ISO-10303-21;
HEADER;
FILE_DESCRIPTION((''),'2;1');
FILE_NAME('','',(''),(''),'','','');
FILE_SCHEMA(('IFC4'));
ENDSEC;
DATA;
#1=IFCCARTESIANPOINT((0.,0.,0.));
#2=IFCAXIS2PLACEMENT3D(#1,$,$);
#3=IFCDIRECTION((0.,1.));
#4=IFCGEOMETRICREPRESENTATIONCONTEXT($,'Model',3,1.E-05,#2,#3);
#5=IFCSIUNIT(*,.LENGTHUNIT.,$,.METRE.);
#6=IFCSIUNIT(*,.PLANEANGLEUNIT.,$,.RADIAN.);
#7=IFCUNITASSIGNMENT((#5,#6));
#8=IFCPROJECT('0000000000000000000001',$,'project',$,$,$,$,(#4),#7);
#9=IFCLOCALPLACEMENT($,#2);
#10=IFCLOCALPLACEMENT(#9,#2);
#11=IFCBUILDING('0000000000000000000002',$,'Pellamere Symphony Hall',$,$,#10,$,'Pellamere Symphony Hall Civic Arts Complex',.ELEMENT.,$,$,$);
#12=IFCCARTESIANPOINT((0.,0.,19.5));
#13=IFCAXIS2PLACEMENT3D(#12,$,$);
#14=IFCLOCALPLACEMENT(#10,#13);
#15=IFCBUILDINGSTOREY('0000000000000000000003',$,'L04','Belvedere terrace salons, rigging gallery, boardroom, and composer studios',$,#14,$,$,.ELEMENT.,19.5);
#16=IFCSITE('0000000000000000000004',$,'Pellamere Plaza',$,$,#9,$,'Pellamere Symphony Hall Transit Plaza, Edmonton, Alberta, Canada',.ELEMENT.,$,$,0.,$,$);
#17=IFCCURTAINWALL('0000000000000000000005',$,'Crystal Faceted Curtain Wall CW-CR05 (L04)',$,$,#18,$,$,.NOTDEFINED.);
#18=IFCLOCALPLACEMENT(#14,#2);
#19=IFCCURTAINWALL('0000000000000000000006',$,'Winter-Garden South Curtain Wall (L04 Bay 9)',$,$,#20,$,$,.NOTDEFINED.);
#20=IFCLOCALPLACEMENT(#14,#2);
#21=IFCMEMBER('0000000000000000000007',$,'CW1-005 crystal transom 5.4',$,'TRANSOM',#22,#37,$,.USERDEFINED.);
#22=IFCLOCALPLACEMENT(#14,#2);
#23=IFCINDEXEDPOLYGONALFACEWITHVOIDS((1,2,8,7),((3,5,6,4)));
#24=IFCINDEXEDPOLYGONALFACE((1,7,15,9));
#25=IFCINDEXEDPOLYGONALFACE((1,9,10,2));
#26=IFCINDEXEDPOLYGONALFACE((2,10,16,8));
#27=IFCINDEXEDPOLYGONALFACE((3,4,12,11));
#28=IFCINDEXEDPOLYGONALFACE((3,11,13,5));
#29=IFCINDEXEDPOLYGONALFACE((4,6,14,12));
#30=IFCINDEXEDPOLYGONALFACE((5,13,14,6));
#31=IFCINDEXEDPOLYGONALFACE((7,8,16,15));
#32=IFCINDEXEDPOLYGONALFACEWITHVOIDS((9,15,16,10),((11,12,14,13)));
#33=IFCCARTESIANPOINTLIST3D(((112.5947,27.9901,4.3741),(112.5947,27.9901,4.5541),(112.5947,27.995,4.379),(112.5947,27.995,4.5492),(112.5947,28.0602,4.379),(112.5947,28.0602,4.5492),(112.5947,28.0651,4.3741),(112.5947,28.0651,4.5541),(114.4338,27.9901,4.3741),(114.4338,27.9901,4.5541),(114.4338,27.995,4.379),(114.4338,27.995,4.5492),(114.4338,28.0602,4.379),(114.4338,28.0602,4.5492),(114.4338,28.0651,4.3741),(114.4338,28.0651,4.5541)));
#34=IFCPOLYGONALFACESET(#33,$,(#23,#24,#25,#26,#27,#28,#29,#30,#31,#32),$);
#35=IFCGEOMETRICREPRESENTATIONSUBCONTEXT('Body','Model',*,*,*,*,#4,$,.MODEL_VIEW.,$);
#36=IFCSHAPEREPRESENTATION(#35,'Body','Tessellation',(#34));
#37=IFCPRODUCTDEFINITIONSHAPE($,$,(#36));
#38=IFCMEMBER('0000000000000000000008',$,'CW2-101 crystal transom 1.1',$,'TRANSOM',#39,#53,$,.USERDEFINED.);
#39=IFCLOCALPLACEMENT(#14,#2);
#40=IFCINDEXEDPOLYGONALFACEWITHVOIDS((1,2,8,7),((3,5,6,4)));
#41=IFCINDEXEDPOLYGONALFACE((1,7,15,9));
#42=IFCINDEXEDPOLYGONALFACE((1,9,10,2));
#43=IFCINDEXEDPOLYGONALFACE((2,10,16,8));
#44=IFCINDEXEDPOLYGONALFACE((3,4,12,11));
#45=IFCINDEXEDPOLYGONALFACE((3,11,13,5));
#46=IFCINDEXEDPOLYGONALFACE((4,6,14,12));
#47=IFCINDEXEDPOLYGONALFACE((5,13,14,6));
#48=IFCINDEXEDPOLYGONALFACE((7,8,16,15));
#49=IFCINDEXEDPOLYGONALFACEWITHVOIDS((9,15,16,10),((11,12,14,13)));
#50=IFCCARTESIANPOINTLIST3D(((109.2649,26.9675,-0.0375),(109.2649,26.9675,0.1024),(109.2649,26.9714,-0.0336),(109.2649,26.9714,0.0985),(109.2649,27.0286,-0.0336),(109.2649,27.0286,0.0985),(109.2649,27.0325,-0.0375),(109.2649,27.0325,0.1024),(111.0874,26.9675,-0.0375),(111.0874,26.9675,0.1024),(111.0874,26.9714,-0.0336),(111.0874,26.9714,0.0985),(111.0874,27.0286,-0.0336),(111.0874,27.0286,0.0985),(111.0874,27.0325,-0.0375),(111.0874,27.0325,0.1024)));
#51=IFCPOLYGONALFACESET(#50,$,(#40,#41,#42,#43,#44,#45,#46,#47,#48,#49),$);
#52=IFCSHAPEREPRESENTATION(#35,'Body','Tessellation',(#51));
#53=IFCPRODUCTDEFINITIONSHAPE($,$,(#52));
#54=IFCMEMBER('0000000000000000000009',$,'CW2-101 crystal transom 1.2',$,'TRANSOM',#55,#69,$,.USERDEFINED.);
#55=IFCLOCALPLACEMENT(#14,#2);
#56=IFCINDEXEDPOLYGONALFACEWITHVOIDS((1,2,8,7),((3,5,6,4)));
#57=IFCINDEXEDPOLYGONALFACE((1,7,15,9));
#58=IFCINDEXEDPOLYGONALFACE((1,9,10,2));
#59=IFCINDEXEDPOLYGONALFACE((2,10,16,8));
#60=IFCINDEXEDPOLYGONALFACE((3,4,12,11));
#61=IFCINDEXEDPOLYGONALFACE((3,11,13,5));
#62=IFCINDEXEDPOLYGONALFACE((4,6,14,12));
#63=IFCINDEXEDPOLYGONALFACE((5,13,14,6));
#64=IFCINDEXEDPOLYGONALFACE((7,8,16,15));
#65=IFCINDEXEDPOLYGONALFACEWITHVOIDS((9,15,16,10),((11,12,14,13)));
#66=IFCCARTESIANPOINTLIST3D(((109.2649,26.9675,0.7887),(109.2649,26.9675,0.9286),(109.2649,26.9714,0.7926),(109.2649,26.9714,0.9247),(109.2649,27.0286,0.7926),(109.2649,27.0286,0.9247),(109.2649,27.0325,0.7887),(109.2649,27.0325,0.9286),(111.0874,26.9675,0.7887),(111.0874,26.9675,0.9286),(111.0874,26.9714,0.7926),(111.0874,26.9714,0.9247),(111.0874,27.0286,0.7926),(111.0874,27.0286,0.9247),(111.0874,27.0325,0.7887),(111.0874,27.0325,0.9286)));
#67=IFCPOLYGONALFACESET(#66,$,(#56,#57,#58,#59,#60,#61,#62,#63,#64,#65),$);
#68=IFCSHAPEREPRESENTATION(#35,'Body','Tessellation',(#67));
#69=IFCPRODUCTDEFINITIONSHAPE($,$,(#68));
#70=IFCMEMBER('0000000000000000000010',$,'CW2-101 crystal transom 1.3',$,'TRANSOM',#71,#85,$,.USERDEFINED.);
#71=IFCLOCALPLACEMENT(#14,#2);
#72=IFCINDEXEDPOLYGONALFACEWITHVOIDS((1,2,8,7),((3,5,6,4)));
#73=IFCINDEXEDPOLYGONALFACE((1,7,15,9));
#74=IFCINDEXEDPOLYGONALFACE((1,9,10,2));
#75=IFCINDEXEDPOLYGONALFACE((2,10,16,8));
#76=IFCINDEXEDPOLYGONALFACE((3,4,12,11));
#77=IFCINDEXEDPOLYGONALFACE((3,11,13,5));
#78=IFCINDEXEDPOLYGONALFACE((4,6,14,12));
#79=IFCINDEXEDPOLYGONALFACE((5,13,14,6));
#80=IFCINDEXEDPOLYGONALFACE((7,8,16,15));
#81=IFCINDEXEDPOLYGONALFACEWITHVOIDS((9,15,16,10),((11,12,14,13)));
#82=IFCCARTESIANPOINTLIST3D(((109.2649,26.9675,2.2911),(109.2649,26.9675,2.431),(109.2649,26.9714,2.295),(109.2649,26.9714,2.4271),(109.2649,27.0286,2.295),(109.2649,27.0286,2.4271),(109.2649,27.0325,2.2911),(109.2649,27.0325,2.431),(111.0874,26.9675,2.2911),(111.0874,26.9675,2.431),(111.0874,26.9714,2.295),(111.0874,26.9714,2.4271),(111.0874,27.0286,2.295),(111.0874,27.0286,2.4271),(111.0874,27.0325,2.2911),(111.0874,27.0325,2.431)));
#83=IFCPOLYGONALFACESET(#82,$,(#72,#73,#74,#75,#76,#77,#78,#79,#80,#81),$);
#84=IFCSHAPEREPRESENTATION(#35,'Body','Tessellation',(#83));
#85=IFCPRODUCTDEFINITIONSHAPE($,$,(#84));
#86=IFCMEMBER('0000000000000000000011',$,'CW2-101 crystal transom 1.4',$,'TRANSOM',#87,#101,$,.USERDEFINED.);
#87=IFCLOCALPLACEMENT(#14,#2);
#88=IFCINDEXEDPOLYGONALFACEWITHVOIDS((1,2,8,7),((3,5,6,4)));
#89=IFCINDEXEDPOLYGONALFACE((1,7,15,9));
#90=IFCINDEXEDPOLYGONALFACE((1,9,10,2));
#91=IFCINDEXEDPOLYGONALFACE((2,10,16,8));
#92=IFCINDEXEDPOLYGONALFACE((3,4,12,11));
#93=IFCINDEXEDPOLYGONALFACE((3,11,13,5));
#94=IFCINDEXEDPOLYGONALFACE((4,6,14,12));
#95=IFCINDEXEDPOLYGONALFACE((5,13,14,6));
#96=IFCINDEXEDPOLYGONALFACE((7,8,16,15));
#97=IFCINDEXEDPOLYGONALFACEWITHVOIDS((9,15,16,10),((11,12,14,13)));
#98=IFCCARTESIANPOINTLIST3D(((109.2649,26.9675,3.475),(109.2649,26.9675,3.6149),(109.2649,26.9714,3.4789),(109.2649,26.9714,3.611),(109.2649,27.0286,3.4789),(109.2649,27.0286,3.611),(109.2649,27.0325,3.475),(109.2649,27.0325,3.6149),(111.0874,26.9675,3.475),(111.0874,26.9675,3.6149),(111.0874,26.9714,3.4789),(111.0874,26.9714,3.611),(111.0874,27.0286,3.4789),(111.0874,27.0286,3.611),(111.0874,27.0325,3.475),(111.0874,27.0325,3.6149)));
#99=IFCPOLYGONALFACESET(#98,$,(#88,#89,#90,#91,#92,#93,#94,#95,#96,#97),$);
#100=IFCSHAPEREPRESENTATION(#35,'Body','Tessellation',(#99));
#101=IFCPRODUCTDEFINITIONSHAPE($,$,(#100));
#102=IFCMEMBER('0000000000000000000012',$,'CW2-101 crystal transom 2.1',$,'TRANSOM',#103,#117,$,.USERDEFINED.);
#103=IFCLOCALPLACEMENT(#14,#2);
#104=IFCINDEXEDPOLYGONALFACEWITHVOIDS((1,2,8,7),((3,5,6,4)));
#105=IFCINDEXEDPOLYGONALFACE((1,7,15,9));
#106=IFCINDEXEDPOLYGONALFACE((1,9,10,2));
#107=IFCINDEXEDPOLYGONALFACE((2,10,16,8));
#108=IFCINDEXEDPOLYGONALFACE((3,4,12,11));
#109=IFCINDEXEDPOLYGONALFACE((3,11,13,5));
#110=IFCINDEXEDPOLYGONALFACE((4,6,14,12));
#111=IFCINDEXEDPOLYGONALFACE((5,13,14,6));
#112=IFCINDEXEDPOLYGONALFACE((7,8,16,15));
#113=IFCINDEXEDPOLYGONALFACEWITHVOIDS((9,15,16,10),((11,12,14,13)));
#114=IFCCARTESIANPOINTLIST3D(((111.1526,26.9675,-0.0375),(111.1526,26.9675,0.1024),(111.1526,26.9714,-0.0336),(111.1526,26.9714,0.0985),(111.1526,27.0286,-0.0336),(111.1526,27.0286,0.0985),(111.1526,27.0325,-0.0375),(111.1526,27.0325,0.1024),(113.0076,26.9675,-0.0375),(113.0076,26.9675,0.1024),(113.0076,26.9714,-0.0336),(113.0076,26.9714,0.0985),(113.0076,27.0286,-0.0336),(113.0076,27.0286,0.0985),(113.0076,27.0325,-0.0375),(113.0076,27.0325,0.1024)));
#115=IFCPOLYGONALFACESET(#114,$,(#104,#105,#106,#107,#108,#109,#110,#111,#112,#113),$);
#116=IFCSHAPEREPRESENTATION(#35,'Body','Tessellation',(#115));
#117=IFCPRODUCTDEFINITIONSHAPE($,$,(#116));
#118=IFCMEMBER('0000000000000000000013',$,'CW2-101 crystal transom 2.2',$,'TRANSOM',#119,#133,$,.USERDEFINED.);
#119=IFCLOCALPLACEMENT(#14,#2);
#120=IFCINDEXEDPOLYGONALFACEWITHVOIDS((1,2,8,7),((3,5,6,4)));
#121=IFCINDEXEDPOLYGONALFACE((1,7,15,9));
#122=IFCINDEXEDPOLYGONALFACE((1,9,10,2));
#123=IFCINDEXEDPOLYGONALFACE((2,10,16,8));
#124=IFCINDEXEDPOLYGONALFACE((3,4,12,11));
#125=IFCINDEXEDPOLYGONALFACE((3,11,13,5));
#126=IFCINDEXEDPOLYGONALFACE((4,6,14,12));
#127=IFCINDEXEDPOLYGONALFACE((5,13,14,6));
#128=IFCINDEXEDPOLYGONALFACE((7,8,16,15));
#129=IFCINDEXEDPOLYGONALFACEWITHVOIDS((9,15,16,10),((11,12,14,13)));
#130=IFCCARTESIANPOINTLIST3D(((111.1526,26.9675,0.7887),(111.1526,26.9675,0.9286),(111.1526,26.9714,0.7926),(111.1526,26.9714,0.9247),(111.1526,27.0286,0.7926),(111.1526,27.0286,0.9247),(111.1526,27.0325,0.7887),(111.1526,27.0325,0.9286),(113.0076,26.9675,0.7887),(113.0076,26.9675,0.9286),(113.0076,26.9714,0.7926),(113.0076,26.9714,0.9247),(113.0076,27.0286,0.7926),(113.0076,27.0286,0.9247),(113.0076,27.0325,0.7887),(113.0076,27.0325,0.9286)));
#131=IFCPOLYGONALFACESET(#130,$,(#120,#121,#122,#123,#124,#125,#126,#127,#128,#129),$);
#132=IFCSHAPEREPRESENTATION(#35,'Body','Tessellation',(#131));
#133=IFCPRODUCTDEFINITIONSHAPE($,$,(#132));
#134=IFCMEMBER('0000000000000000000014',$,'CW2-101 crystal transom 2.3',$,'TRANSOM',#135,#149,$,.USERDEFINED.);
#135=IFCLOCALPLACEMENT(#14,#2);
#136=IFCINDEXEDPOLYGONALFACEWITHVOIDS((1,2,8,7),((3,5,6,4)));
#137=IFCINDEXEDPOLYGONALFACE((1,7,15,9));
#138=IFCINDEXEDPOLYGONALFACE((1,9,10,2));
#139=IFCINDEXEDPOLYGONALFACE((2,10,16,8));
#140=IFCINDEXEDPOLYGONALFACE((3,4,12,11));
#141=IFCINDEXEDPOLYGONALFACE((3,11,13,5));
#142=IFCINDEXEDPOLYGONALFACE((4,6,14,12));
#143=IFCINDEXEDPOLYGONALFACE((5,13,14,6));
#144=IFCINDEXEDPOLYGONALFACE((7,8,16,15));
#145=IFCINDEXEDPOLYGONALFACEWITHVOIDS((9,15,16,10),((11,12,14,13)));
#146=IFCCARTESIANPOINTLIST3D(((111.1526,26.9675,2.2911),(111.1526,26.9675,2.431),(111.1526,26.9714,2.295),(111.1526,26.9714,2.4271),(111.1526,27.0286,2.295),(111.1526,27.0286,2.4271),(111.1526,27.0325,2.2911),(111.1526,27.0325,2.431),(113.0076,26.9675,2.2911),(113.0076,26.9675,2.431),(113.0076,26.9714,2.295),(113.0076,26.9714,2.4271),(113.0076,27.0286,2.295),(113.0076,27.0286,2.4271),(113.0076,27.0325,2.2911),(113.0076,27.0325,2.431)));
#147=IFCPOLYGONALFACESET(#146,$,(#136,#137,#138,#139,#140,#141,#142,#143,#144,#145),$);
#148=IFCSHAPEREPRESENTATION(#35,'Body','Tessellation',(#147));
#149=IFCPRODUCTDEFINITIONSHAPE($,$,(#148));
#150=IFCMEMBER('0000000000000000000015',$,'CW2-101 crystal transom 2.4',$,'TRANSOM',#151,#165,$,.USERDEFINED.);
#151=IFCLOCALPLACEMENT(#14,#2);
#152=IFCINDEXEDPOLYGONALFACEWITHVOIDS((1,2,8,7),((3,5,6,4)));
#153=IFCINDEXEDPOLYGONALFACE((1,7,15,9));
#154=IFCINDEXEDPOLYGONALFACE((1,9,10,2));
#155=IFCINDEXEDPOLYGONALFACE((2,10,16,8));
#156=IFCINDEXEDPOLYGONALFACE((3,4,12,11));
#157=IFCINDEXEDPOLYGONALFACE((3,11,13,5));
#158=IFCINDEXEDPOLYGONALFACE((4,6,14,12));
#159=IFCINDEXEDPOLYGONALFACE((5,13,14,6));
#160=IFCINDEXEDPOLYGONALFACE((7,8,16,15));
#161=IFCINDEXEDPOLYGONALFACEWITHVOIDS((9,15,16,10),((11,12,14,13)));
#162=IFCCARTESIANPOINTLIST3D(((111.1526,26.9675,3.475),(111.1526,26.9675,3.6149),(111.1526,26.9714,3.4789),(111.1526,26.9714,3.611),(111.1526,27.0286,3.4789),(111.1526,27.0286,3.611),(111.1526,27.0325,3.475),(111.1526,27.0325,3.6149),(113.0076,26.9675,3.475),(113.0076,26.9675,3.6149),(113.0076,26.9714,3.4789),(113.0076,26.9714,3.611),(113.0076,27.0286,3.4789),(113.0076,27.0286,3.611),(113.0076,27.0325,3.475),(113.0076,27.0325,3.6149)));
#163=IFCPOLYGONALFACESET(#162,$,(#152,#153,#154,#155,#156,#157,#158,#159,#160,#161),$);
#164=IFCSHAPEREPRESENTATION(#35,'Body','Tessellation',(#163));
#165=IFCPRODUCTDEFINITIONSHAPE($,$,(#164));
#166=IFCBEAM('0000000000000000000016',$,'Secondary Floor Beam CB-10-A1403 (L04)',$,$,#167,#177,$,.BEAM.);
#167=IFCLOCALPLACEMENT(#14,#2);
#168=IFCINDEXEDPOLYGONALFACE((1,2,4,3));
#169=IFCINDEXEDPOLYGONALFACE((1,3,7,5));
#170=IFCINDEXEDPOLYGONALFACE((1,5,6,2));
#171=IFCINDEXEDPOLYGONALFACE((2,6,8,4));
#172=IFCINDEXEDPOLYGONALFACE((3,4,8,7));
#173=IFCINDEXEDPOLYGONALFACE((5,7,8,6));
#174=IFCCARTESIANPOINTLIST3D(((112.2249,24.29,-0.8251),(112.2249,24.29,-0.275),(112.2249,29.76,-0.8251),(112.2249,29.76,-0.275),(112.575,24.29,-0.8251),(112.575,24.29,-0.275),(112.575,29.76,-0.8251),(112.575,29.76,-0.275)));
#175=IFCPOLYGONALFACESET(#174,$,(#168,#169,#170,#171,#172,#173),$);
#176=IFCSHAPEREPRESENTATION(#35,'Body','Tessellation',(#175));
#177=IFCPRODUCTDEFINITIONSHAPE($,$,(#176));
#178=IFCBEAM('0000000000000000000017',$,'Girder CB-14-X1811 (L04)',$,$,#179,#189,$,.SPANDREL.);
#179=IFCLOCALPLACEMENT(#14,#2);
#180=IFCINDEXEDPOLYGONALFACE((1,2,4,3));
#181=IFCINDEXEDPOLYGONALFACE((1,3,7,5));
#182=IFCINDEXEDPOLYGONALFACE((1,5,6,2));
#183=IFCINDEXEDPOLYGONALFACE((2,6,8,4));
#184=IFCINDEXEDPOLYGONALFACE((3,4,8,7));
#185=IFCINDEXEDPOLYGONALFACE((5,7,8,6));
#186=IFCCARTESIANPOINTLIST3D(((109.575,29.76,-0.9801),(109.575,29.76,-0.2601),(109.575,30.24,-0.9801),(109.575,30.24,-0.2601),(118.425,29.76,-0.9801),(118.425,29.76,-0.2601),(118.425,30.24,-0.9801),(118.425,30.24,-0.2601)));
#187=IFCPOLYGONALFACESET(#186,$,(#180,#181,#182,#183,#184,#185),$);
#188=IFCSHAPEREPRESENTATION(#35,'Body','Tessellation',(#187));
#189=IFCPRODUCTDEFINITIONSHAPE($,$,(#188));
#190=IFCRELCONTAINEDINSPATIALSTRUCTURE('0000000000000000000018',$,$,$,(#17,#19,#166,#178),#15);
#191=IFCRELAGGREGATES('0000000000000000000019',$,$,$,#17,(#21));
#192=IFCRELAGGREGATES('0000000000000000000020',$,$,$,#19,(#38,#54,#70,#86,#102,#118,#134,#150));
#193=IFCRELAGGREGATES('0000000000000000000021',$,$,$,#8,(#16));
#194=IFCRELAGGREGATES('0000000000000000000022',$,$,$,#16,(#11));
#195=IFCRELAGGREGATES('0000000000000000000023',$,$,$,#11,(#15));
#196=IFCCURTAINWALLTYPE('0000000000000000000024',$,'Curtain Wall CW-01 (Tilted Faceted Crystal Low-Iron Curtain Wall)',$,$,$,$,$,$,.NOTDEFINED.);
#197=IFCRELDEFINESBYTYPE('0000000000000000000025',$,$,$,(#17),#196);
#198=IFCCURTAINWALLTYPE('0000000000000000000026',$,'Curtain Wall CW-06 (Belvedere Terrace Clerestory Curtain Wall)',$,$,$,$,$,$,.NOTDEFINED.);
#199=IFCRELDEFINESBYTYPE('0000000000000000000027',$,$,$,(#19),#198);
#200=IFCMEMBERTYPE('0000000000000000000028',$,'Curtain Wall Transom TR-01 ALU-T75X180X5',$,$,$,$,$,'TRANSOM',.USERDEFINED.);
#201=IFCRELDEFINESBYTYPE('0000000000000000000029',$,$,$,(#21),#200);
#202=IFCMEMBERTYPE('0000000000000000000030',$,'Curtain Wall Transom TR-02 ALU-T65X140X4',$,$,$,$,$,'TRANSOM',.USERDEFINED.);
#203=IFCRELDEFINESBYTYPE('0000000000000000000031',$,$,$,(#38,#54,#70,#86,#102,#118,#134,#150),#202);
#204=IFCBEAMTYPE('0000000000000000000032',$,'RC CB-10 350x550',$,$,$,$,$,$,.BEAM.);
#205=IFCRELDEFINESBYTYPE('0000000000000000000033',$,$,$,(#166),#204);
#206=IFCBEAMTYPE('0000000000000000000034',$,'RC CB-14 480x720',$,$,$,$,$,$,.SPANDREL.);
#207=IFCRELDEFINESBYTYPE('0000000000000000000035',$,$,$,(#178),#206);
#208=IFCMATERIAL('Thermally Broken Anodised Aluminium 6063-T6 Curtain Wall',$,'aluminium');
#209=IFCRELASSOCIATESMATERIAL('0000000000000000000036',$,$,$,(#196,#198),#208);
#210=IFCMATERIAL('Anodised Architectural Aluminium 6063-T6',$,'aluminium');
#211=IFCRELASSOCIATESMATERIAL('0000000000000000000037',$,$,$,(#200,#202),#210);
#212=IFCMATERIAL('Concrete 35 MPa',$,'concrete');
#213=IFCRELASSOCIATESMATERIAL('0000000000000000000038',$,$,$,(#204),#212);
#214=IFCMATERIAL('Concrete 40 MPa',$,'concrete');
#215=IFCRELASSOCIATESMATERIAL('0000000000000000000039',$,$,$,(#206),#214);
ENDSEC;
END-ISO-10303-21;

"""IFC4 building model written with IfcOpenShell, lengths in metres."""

from ifc_helpers import new_model, si_unit, direction, frame, origin, origin_2d, place, context, subcontext, project, spatial, rectangle, hollow_rectangle, extrude, material, material_profile, profile_set, type_object, element, aggregate, save


model = new_model("IFC4")

# Units and contexts
model_context = context("Model", 3, precision=1e-05, world=origin(), true_north=direction((0.0, 1.0)))
body_context = subcontext(model_context, "Body", "Model", "MODEL_VIEW")
ifc_project = project(units=[si_unit("LENGTHUNIT", "METRE"), si_unit("PLANEANGLEUNIT", "RADIAN")], contexts=[model_context])

# Site, building, storey
site_placement = place(None, origin())
site = spatial("IfcSite", under=ifc_project, at=site_placement, Name="Pellamere Plaza", LongName="Pellamere Symphony Hall Transit Plaza, Edmonton, Alberta, Canada", CompositionType="ELEMENT", RefElevation=0.0)
building_placement = place(site_placement, origin())
building = spatial("IfcBuilding", under=site, at=building_placement, Name="Pellamere Symphony Hall", LongName="Pellamere Symphony Hall Civic Arts Complex", CompositionType="ELEMENT")
storey_placement = place(building_placement, frame((0.0, 0.0, 19.5)))
storey = spatial("IfcBuildingStorey", under=building, at=storey_placement, Name="L04", Description="Belvedere terrace salons, rigging gallery, boardroom, and composer studios", CompositionType="ELEMENT", Elevation=19.5)

# Curtain walls
ifc_material_1 = material(Name="Thermally Broken Anodised Aluminium 6063-T6 Curtain Wall", Category="aluminium")
curtain_wall_type_1 = type_object("IfcCurtainWallType", Name="Curtain Wall CW-01 (Tilted Faceted Crystal Low-Iron Curtain Wall)", PredefinedType="NOTDEFINED", material=ifc_material_1)
curtain_wall_1_placement = place(storey_placement, origin())
curtain_wall_1 = element("IfcCurtainWall", 1, at=curtain_wall_1_placement, inside=storey, type_object=curtain_wall_type_1, Name="Crystal Faceted Curtain Wall CW-CR05 (L04)", PredefinedType="NOTDEFINED")
ifc_material_2 = material(Name="Anodised Architectural Aluminium 6063-T6", Category="aluminium")
curtain_wall_type_2 = type_object("IfcCurtainWallType", Name="Curtain Wall CW-06 (Belvedere Terrace Clerestory Curtain Wall)", PredefinedType="NOTDEFINED", material=ifc_material_1)
curtain_wall_2_placement = place(storey_placement, origin())
curtain_wall_2 = element("IfcCurtainWall", 2, at=curtain_wall_2_placement, inside=storey, type_object=curtain_wall_type_2, Name="Winter-Garden South Curtain Wall (L04 Bay 9)", PredefinedType="NOTDEFINED")

# Members
ifc_material_profile_1 = material_profile(ifc_material_2, hollow_rectangle(XDim=0.075, YDim=0.1799, WallThickness=0.0049, at=origin_2d()), Name="ALU-T75X180X5")
ifc_profile_set_1 = profile_set([ifc_material_profile_1], Name="Anodised Architectural Aluminium 6063-T6")
member_type_1 = type_object("IfcMemberType", Name="Curtain Wall Transom TR-01 ALU-T75X180X5", ElementType="TRANSOM", PredefinedType="USERDEFINED", material=ifc_profile_set_1)
member_1_placement = place(storey_placement, frame((112.5947, 28.0276, 4.4641), z_axis=(1.0, 0.0, 0.0), x_axis=(0.0, 1.0, 0.0)))
member_1 = element("IfcMember", 3, at=member_1_placement, type_object=member_type_1, Name="CW1-005 crystal transom 5.4", ObjectType="TRANSOM", PredefinedType="USERDEFINED", context=body_context, shape_type="SweptSolid", body=[
    extrude(hollow_rectangle(XDim=0.075, YDim=0.1799, WallThickness=0.0049, at=origin_2d()), origin(), (0.0, 0.0, 1.0), 1.8391),
])
ifc_material_profile_2 = material_profile(ifc_material_2, hollow_rectangle(XDim=0.0649, YDim=0.1399, WallThickness=0.0039, at=origin_2d()), Name="ALU-T65X140X4")
ifc_profile_set_2 = profile_set([ifc_material_profile_2], Name="Anodised Architectural Aluminium 6063-T6")
member_type_2 = type_object("IfcMemberType", Name="Curtain Wall Transom TR-02 ALU-T65X140X4", ElementType="TRANSOM", PredefinedType="USERDEFINED", material=ifc_profile_set_2)
member_2_placement = place(storey_placement, frame((109.2649, 27.0, 0.0325), z_axis=(1.0, 0.0, 0.0), x_axis=(0.0, 1.0, 0.0)))
member_2 = element("IfcMember", 4, at=member_2_placement, type_object=member_type_2, Name="CW2-101 crystal transom 1.1", ObjectType="TRANSOM", PredefinedType="USERDEFINED", context=body_context, shape_type="SweptSolid", body=[
    extrude(hollow_rectangle(XDim=0.0649, YDim=0.1399, WallThickness=0.0039, at=origin_2d()), origin(), (0.0, 0.0, 1.0), 1.8225),
])
member_3_placement = place(storey_placement, frame((109.2649, 27.0, 0.8586), z_axis=(1.0, 0.0, 0.0), x_axis=(0.0, 1.0, 0.0)))
member_3 = element("IfcMember", 5, at=member_3_placement, type_object=member_type_2, Name="CW2-101 crystal transom 1.2", ObjectType="TRANSOM", PredefinedType="USERDEFINED", context=body_context, shape_type="SweptSolid", body=[
    extrude(hollow_rectangle(XDim=0.0649, YDim=0.1399, WallThickness=0.0039, at=origin_2d()), origin(), (0.0, 0.0, 1.0), 1.8225),
])
member_4_placement = place(storey_placement, frame((109.2649, 27.0, 2.3611), z_axis=(1.0, 0.0, 0.0), x_axis=(0.0, 1.0, 0.0)))
member_4 = element("IfcMember", 6, at=member_4_placement, type_object=member_type_2, Name="CW2-101 crystal transom 1.3", ObjectType="TRANSOM", PredefinedType="USERDEFINED", context=body_context, shape_type="SweptSolid", body=[
    extrude(hollow_rectangle(XDim=0.0649, YDim=0.1399, WallThickness=0.0039, at=origin_2d()), origin(), (0.0, 0.0, 1.0), 1.8225),
])
member_5_placement = place(storey_placement, frame((109.2649, 27.0, 3.5449), z_axis=(1.0, 0.0, 0.0), x_axis=(0.0, 1.0, 0.0)))
member_5 = element("IfcMember", 7, at=member_5_placement, type_object=member_type_2, Name="CW2-101 crystal transom 1.4", ObjectType="TRANSOM", PredefinedType="USERDEFINED", context=body_context, shape_type="SweptSolid", body=[
    extrude(hollow_rectangle(XDim=0.0649, YDim=0.1399, WallThickness=0.0039, at=origin_2d()), origin(), (0.0, 0.0, 1.0), 1.8225),
])
member_6_placement = place(storey_placement, frame((111.1526, 27.0, 0.0325), z_axis=(1.0, 0.0, 0.0), x_axis=(0.0, 1.0, 0.0)))
member_6 = element("IfcMember", 8, at=member_6_placement, type_object=member_type_2, Name="CW2-101 crystal transom 2.1", ObjectType="TRANSOM", PredefinedType="USERDEFINED", context=body_context, shape_type="SweptSolid", body=[
    extrude(hollow_rectangle(XDim=0.0649, YDim=0.1399, WallThickness=0.0039, at=origin_2d()), origin(), (0.0, 0.0, 1.0), 1.855),
])
member_7_placement = place(storey_placement, frame((111.1526, 27.0, 0.8586), z_axis=(1.0, 0.0, 0.0), x_axis=(0.0, 1.0, 0.0)))
member_7 = element("IfcMember", 9, at=member_7_placement, type_object=member_type_2, Name="CW2-101 crystal transom 2.2", ObjectType="TRANSOM", PredefinedType="USERDEFINED", context=body_context, shape_type="SweptSolid", body=[
    extrude(hollow_rectangle(XDim=0.0649, YDim=0.1399, WallThickness=0.0039, at=origin_2d()), origin(), (0.0, 0.0, 1.0), 1.855),
])
member_8_placement = place(storey_placement, frame((111.1526, 27.0, 2.3611), z_axis=(1.0, 0.0, 0.0), x_axis=(0.0, 1.0, 0.0)))
member_8 = element("IfcMember", 10, at=member_8_placement, type_object=member_type_2, Name="CW2-101 crystal transom 2.3", ObjectType="TRANSOM", PredefinedType="USERDEFINED", context=body_context, shape_type="SweptSolid", body=[
    extrude(hollow_rectangle(XDim=0.0649, YDim=0.1399, WallThickness=0.0039, at=origin_2d()), origin(), (0.0, 0.0, 1.0), 1.855),
])
member_9_placement = place(storey_placement, frame((111.1526, 27.0, 3.5449), z_axis=(1.0, 0.0, 0.0), x_axis=(0.0, 1.0, 0.0)))
member_9 = element("IfcMember", 11, at=member_9_placement, type_object=member_type_2, Name="CW2-101 crystal transom 2.4", ObjectType="TRANSOM", PredefinedType="USERDEFINED", context=body_context, shape_type="SweptSolid", body=[
    extrude(hollow_rectangle(XDim=0.0649, YDim=0.1399, WallThickness=0.0039, at=origin_2d()), origin(), (0.0, 0.0, 1.0), 1.855),
])

# Beams
ifc_material_3 = material(Name="Concrete 35 MPa", Category="concrete")
ifc_material_profile_3 = material_profile(ifc_material_3, rectangle(XDim=0.3501, YDim=0.55, at=origin_2d()), Name="RC 350x550")
ifc_profile_set_3 = profile_set([ifc_material_profile_3], Name="Concrete 35 MPa")
beam_type_1 = type_object("IfcBeamType", Name="RC CB-10 350x550", PredefinedType="BEAM", material=ifc_profile_set_3)
beam_1_placement = place(storey_placement, frame((112.3999, 24.29, -0.55), z_axis=(0.0, 1.0, 0.0), x_axis=(-1.0, 0.0, 0.0)))
element("IfcBeam", 12, at=beam_1_placement, inside=storey, type_object=beam_type_1, Name="Secondary Floor Beam CB-10-A1403 (L04)", PredefinedType="BEAM", context=body_context, shape_type="SweptSolid", body=[
    extrude(rectangle(XDim=0.3501, YDim=0.55, at=origin_2d()), origin(), (0.0, 0.0, 1.0), 5.47),
])
ifc_material_4 = material(Name="Concrete 40 MPa", Category="concrete")
ifc_material_profile_4 = material_profile(ifc_material_4, rectangle(XDim=0.48, YDim=0.72, at=origin_2d()), Name="RC 480x720")
ifc_profile_set_4 = profile_set([ifc_material_profile_4], Name="Concrete 40 MPa")
beam_type_2 = type_object("IfcBeamType", Name="RC CB-14 480x720", PredefinedType="SPANDREL", material=ifc_profile_set_4)
beam_2_placement = place(storey_placement, frame((109.575, 30.0, -0.6201), z_axis=(1.0, 0.0, 0.0), x_axis=(0.0, 1.0, 0.0)))
element("IfcBeam", 13, at=beam_2_placement, inside=storey, type_object=beam_type_2, Name="Girder CB-14-X1811 (L04)", PredefinedType="SPANDREL", context=body_context, shape_type="SweptSolid", body=[
    extrude(rectangle(XDim=0.48, YDim=0.72, at=origin_2d()), origin(), (0.0, 0.0, 1.0), 8.8501),
])

aggregate(curtain_wall_1, [member_1])
aggregate(curtain_wall_2, [member_2, member_3, member_4, member_5, member_6, member_7, member_8, member_9])

save(model, "model.ifc")
